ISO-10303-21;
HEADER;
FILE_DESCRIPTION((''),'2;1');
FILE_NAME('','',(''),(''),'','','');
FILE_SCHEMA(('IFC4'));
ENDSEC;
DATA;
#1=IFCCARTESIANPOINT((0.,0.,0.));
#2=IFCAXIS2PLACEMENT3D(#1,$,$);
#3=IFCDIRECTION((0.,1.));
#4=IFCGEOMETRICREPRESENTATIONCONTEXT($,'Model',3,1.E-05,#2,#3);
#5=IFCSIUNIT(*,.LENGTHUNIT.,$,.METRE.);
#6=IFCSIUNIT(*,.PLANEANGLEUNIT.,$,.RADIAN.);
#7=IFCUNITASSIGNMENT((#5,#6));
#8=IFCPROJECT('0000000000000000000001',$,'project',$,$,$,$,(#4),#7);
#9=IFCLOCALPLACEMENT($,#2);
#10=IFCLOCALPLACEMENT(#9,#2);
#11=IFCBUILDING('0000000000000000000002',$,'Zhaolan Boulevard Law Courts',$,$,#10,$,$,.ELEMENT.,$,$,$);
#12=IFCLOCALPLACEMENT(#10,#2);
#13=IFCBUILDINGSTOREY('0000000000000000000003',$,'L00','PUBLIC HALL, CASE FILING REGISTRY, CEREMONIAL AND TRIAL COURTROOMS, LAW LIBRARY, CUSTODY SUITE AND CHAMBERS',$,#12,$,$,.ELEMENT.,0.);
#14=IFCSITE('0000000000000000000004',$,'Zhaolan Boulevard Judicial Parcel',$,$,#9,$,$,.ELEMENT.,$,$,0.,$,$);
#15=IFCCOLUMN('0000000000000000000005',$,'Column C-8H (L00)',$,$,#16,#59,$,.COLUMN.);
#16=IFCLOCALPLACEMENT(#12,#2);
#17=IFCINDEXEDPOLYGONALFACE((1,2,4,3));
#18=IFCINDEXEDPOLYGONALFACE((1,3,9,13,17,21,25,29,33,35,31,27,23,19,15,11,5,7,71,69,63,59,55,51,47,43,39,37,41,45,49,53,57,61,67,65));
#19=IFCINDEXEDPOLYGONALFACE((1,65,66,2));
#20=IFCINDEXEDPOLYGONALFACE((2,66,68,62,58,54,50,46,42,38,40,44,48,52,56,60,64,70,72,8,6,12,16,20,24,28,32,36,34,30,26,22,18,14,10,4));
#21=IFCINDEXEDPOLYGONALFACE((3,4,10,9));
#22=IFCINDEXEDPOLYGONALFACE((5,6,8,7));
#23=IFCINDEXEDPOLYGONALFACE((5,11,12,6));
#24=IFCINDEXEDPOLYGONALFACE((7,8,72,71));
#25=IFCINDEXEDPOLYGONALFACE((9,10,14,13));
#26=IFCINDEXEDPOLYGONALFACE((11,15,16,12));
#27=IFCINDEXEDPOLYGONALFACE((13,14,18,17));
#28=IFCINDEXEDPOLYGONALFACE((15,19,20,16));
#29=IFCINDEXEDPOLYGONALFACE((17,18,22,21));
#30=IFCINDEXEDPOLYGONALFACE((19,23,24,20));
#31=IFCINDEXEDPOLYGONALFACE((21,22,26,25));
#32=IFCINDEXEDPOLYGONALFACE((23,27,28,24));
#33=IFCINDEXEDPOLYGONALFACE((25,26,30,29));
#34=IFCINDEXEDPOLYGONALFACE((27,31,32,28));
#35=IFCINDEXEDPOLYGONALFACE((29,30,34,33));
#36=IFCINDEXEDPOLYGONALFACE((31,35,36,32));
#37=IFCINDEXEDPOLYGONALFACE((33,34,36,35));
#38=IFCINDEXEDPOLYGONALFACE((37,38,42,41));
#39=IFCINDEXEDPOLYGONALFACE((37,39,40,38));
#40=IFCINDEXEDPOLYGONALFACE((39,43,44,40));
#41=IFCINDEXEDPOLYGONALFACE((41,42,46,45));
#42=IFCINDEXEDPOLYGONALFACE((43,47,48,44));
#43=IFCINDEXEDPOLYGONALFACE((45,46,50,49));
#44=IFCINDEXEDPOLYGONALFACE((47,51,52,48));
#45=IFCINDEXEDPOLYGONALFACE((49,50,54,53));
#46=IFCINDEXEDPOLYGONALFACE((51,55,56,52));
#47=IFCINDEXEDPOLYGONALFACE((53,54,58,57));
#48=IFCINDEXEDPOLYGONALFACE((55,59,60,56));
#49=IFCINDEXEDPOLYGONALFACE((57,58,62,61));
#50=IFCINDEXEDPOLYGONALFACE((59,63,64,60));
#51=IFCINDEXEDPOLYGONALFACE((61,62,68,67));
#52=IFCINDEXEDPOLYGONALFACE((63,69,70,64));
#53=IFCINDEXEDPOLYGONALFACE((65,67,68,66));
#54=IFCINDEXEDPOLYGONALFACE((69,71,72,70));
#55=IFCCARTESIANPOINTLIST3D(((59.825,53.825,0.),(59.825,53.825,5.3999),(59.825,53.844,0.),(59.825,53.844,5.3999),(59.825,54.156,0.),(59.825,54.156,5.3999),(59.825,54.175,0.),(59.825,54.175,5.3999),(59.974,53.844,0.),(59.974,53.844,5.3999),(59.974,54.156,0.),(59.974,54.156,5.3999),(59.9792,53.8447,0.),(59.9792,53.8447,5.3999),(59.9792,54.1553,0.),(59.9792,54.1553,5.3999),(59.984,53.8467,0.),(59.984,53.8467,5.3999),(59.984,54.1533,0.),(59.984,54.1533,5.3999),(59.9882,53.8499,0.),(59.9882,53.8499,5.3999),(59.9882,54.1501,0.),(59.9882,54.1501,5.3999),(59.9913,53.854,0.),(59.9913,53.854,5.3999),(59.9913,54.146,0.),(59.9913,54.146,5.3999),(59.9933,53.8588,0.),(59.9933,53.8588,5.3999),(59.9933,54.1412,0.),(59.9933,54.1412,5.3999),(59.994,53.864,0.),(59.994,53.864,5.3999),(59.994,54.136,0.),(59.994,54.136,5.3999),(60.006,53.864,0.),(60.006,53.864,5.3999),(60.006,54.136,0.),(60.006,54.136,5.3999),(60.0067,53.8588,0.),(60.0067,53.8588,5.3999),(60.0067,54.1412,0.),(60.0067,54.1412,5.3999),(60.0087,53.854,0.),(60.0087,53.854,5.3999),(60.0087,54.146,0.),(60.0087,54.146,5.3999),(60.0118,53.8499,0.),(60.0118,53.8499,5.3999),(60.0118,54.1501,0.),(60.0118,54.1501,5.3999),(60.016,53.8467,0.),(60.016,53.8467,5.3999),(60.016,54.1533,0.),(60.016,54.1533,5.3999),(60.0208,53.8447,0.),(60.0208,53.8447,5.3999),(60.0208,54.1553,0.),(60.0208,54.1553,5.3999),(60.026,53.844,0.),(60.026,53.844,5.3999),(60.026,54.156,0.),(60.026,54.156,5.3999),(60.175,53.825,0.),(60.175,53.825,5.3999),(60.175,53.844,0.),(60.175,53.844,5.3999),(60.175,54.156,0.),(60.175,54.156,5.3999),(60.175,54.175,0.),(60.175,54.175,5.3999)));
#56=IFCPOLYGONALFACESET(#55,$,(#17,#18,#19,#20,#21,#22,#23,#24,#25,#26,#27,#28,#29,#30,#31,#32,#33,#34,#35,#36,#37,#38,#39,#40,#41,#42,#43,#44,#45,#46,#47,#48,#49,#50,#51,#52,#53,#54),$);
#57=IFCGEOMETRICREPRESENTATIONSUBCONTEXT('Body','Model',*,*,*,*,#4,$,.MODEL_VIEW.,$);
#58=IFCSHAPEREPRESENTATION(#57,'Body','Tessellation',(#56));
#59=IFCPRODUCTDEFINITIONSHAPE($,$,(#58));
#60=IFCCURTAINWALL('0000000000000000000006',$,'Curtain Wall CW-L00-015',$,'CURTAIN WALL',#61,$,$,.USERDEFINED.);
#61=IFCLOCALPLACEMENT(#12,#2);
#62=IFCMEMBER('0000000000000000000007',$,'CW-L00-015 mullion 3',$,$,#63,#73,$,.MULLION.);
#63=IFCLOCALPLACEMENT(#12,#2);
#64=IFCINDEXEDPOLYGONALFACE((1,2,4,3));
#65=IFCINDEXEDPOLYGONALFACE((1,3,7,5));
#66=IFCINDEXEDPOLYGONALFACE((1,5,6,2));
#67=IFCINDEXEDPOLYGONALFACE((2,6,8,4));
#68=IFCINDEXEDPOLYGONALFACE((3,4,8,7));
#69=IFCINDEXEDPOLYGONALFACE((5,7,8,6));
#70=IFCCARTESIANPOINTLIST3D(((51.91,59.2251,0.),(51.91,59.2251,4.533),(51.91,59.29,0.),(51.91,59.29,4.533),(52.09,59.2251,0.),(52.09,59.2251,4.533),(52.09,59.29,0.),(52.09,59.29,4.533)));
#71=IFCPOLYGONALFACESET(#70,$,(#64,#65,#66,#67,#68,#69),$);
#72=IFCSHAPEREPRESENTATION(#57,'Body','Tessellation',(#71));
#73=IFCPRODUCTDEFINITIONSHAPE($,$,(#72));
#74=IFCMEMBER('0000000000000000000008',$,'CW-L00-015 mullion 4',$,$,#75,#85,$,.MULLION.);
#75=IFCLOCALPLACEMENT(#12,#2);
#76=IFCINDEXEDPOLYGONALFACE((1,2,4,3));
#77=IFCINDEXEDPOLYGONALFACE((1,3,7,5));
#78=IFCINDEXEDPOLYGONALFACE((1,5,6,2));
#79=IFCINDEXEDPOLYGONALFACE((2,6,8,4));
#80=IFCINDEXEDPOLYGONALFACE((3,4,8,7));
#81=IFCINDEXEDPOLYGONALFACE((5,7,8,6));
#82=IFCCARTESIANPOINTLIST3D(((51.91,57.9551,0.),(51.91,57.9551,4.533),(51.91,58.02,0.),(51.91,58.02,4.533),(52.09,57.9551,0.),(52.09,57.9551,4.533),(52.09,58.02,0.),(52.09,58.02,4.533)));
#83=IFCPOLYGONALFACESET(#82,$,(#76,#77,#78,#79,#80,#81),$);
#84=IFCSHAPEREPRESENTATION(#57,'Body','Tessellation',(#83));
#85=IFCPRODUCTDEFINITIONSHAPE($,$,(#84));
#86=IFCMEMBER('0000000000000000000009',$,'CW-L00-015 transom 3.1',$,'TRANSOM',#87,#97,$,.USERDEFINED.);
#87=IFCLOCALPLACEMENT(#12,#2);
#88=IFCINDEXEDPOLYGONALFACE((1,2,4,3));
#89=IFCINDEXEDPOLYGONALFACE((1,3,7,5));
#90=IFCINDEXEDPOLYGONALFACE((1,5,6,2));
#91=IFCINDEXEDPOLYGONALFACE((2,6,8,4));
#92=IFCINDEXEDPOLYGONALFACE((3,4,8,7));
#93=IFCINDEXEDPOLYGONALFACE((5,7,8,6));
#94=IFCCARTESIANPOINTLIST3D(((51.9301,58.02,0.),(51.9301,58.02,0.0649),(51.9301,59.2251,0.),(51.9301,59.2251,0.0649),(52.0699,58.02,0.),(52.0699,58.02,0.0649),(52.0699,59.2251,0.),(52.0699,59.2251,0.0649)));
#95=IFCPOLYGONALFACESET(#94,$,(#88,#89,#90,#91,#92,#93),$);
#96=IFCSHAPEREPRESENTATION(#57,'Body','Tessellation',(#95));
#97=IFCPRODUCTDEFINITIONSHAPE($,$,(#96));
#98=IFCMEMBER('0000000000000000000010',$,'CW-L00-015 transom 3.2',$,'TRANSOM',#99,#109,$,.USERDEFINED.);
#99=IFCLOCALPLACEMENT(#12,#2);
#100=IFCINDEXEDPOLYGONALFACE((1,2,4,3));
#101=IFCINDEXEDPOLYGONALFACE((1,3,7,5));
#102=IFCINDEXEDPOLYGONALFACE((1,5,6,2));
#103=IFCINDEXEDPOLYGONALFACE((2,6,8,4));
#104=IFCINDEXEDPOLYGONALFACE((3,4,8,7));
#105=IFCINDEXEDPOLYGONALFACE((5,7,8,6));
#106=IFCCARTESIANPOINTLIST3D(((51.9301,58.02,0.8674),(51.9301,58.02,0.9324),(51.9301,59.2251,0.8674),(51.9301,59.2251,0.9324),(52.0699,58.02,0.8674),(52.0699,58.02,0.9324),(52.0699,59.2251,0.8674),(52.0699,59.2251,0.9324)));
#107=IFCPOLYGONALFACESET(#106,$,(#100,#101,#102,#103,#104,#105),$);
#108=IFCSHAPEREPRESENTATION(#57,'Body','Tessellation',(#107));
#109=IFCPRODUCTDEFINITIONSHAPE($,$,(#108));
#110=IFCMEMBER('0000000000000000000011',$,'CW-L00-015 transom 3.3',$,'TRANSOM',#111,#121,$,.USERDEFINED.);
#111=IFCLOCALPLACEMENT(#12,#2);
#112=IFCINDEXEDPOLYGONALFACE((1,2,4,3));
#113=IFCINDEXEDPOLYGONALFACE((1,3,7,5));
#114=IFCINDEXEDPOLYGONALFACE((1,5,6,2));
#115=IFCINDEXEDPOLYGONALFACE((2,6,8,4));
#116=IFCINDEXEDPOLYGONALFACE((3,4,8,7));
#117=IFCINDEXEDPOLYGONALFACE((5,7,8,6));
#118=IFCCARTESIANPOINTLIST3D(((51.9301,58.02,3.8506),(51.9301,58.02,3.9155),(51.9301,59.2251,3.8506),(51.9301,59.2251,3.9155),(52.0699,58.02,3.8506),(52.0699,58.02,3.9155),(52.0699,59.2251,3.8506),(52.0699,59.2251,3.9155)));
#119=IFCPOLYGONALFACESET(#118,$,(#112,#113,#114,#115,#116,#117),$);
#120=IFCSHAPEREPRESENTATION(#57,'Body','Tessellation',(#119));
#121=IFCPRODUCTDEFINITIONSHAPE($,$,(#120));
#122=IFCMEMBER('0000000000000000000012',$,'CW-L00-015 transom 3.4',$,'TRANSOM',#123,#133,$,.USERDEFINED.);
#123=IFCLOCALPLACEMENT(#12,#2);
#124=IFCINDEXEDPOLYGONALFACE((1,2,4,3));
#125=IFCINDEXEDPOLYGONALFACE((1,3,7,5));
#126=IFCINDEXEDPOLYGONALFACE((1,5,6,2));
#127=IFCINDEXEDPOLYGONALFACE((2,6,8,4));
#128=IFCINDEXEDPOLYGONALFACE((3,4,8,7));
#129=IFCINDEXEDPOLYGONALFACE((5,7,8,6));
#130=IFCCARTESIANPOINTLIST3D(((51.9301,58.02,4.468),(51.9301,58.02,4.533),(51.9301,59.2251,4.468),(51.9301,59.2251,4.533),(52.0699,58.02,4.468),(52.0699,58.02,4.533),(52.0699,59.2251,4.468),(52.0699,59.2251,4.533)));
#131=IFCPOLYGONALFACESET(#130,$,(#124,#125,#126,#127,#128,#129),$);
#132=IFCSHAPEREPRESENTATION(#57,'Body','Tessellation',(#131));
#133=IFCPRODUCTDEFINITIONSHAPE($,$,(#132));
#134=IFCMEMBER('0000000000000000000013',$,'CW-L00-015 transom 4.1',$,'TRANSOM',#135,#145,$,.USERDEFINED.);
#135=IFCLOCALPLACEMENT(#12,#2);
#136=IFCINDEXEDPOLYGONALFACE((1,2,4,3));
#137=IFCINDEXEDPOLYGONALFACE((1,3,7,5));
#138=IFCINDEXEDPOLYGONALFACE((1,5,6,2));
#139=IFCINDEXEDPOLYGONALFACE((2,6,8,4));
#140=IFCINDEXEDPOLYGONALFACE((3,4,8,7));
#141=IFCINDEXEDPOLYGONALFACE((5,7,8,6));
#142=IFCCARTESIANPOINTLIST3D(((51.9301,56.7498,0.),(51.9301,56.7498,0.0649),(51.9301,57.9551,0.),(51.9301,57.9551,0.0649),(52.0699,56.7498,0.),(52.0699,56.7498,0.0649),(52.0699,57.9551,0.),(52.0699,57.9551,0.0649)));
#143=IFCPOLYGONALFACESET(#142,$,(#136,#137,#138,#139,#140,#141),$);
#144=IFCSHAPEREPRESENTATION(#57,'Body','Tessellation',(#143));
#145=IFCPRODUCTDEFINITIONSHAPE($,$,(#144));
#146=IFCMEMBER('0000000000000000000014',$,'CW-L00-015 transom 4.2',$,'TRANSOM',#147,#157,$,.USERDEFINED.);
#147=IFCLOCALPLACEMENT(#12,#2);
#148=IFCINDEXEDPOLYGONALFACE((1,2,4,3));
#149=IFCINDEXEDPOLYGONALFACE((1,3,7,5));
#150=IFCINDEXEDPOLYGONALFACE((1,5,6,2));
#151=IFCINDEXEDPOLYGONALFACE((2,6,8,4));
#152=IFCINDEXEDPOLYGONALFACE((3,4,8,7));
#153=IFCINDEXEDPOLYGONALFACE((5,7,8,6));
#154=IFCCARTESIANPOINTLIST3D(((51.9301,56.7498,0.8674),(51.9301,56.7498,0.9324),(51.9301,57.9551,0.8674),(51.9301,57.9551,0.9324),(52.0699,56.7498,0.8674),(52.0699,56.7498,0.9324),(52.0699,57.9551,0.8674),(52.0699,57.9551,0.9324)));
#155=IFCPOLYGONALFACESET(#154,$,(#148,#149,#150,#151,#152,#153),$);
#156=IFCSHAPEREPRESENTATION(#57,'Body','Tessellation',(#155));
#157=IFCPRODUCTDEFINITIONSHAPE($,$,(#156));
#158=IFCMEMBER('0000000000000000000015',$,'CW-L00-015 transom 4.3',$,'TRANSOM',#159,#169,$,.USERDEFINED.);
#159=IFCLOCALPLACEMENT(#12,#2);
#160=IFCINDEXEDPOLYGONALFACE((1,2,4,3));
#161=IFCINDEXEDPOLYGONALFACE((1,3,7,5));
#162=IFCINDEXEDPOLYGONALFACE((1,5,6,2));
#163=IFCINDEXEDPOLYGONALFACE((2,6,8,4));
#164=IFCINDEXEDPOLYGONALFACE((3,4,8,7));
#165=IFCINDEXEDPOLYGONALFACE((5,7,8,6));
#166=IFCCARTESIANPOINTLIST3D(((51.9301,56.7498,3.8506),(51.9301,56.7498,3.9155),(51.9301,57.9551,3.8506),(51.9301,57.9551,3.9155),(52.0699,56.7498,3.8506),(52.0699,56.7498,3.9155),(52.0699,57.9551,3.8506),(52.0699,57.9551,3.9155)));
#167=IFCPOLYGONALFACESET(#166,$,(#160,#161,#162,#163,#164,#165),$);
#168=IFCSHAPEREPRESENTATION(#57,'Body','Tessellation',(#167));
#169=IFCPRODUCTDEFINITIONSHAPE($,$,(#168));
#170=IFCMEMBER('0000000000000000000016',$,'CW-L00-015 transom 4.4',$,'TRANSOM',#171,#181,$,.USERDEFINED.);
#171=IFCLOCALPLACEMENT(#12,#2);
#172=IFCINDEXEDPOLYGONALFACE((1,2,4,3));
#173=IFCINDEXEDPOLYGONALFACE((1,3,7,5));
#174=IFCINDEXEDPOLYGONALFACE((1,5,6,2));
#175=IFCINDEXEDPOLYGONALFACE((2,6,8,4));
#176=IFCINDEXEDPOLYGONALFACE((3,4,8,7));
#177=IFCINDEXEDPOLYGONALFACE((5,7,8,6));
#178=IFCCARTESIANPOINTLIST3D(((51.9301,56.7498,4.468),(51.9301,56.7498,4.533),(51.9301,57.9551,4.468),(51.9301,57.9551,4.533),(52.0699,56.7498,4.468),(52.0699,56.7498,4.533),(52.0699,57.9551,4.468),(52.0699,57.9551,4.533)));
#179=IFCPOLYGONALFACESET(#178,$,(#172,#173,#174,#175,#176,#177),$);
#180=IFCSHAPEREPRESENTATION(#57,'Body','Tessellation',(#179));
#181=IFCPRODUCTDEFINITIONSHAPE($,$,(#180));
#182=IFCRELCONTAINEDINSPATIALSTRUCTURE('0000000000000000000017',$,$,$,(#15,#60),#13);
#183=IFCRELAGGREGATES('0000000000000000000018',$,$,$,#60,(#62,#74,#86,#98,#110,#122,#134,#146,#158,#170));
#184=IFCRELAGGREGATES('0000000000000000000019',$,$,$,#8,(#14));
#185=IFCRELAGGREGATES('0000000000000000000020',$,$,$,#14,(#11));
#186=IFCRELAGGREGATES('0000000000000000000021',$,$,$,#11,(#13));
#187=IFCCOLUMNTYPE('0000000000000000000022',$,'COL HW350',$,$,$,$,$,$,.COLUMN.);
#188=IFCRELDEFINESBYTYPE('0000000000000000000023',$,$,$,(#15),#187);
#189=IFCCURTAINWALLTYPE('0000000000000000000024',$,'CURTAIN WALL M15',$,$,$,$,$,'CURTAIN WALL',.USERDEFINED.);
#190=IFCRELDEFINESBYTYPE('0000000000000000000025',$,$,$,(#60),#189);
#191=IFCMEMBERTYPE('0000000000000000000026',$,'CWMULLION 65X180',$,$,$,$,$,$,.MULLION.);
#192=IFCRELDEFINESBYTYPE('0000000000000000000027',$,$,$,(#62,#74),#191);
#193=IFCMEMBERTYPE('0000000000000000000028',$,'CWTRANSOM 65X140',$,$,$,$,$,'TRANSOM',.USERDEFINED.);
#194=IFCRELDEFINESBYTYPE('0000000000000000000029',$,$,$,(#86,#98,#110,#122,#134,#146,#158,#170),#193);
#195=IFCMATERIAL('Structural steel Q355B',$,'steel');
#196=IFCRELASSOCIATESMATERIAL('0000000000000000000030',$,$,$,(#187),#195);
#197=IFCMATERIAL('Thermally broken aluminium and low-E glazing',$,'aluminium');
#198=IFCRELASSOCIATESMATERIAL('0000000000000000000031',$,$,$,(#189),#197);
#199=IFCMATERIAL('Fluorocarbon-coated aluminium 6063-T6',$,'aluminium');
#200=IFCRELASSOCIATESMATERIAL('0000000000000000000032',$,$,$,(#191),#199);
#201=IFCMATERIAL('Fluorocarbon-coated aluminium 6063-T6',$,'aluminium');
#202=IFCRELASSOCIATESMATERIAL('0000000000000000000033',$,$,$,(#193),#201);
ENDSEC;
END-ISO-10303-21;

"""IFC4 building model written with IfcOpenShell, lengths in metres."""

from ifc_helpers import new_model, si_unit, direction, frame, origin, origin_2d, place, context, subcontext, project, spatial, rectangle, i_section, extrude, material, material_profile, profile_set, type_object, element, aggregate, save


model = new_model("IFC4")

# Units and contexts
model_context = context("Model", 3, precision=1e-05, world=origin(), true_north=direction((0.0, 1.0)))
body_context = subcontext(model_context, "Body", "Model", "MODEL_VIEW")
ifc_project = project(units=[si_unit("LENGTHUNIT", "METRE"), si_unit("PLANEANGLEUNIT", "RADIAN")], contexts=[model_context])

# Site, building, storey
site_placement = place(None, origin())
site = spatial("IfcSite", under=ifc_project, at=site_placement, Name="Zhaolan Boulevard Judicial Parcel", CompositionType="ELEMENT", RefElevation=0.0)
building_placement = place(site_placement, origin())
building = spatial("IfcBuilding", under=site, at=building_placement, Name="Zhaolan Boulevard Law Courts", CompositionType="ELEMENT")
storey_placement = place(building_placement, origin())
storey = spatial("IfcBuildingStorey", under=building, at=storey_placement, Name="L00", Description="PUBLIC HALL, CASE FILING REGISTRY, CEREMONIAL AND TRIAL COURTROOMS, LAW LIBRARY, CUSTODY SUITE AND CHAMBERS", CompositionType="ELEMENT", Elevation=0.0)

# Column
ifc_material_1 = material(Name="Structural steel Q355B", Category="steel")
ifc_material_profile_1 = material_profile(ifc_material_1, i_section(OverallWidth=0.3501, OverallDepth=0.3501, WebThickness=0.012, FlangeThickness=0.019, FilletRadius=0.02, at=origin_2d()), Name="HW350x350")
ifc_profile_set_1 = profile_set([ifc_material_profile_1], Name="Structural steel Q355B")
column_type = type_object("IfcColumnType", Name="COL HW350", PredefinedType="COLUMN", material=ifc_profile_set_1)
column_placement = place(storey_placement, frame((60.0, 54.0, 0.0), z_axis=(0.0, 0.0, 1.0), x_axis=(1.0, 0.0, 0.0)))
element("IfcColumn", 1, at=column_placement, inside=storey, type_object=column_type, Name="Column C-8H (L00)", PredefinedType="COLUMN", context=body_context, shape_type="SweptSolid", body=[
    extrude(i_section(OverallWidth=0.3501, OverallDepth=0.3501, WebThickness=0.012, FlangeThickness=0.019, FilletRadius=0.02, at=origin_2d()), origin(), (0.0, 0.0, 1.0), 5.3999),
])

# Curtain wall, members
ifc_material_2 = material(Name="Thermally broken aluminium and low-E glazing", Category="aluminium")
curtain_wall_type = type_object("IfcCurtainWallType", Name="CURTAIN WALL M15", ElementType="CURTAIN WALL", PredefinedType="USERDEFINED", material=ifc_material_2)
curtain_wall_placement = place(storey_placement, origin())
curtain_wall = element("IfcCurtainWall", 2, at=curtain_wall_placement, inside=storey, type_object=curtain_wall_type, Name="Curtain Wall CW-L00-015", ObjectType="CURTAIN WALL", PredefinedType="USERDEFINED")
ifc_material_3 = material(Name="Fluorocarbon-coated aluminium 6063-T6", Category="aluminium")
ifc_material_profile_2 = material_profile(ifc_material_3, rectangle(XDim=0.1799, YDim=0.0649, at=origin_2d()), Name="AL65x180")
ifc_profile_set_2 = profile_set([ifc_material_profile_2], Name="Fluorocarbon-coated aluminium 6063-T6")
member_type_1 = type_object("IfcMemberType", Name="CWMULLION 65X180", PredefinedType="MULLION", material=ifc_profile_set_2)
member_1_placement = place(storey_placement, frame((52.0, 59.2576, 0.0), z_axis=(0.0, 0.0, 1.0), x_axis=(1.0, 0.0, 0.0)))
member_1 = element("IfcMember", 3, at=member_1_placement, type_object=member_type_1, Name="CW-L00-015 mullion 3", PredefinedType="MULLION", context=body_context, shape_type="SweptSolid", body=[
    extrude(rectangle(XDim=0.1799, YDim=0.0649, at=origin_2d()), origin(), (0.0, 0.0, 1.0), 4.533),
])
member_2_placement = place(storey_placement, frame((52.0, 57.9875, 0.0), z_axis=(0.0, 0.0, 1.0), x_axis=(1.0, 0.0, 0.0)))
member_2 = element("IfcMember", 4, at=member_2_placement, type_object=member_type_1, Name="CW-L00-015 mullion 4", PredefinedType="MULLION", context=body_context, shape_type="SweptSolid", body=[
    extrude(rectangle(XDim=0.1799, YDim=0.0649, at=origin_2d()), origin(), (0.0, 0.0, 1.0), 4.533),
])
ifc_material_4 = material(Name="Fluorocarbon-coated aluminium 6063-T6", Category="aluminium")
ifc_material_profile_3 = material_profile(ifc_material_4, rectangle(XDim=0.1399, YDim=0.0649, at=origin_2d()), Name="AL65x140")
ifc_profile_set_3 = profile_set([ifc_material_profile_3], Name="Fluorocarbon-coated aluminium 6063-T6")
member_type_2 = type_object("IfcMemberType", Name="CWTRANSOM 65X140", ElementType="TRANSOM", PredefinedType="USERDEFINED", material=ifc_profile_set_3)
member_3_placement = place(storey_placement, frame((52.0, 59.2251, 0.0325), z_axis=(0.0, -1.0, 0.0), x_axis=(1.0, 0.0, 0.0)))
member_3 = element("IfcMember", 5, at=member_3_placement, type_object=member_type_2, Name="CW-L00-015 transom 3.1", ObjectType="TRANSOM", PredefinedType="USERDEFINED", context=body_context, shape_type="SweptSolid", body=[
    extrude(rectangle(XDim=0.1399, YDim=0.0649, at=origin_2d()), origin(), (0.0, 0.0, 1.0), 1.2051),
])
member_4_placement = place(storey_placement, frame((52.0, 59.2251, 0.8999), z_axis=(0.0, -1.0, 0.0), x_axis=(1.0, 0.0, 0.0)))
member_4 = element("IfcMember", 6, at=member_4_placement, type_object=member_type_2, Name="CW-L00-015 transom 3.2", ObjectType="TRANSOM", PredefinedType="USERDEFINED", context=body_context, shape_type="SweptSolid", body=[
    extrude(rectangle(XDim=0.1399, YDim=0.0649, at=origin_2d()), origin(), (0.0, 0.0, 1.0), 1.2051),
])
member_5_placement = place(storey_placement, frame((52.0, 59.2251, 3.8831), z_axis=(0.0, -1.0, 0.0), x_axis=(1.0, 0.0, 0.0)))
member_5 = element("IfcMember", 7, at=member_5_placement, type_object=member_type_2, Name="CW-L00-015 transom 3.3", ObjectType="TRANSOM", PredefinedType="USERDEFINED", context=body_context, shape_type="SweptSolid", body=[
    extrude(rectangle(XDim=0.1399, YDim=0.0649, at=origin_2d()), origin(), (0.0, 0.0, 1.0), 1.2051),
])
member_6_placement = place(storey_placement, frame((52.0, 59.2251, 4.5005), z_axis=(0.0, -1.0, 0.0), x_axis=(1.0, 0.0, 0.0)))
member_6 = element("IfcMember", 8, at=member_6_placement, type_object=member_type_2, Name="CW-L00-015 transom 3.4", ObjectType="TRANSOM", PredefinedType="USERDEFINED", context=body_context, shape_type="SweptSolid", body=[
    extrude(rectangle(XDim=0.1399, YDim=0.0649, at=origin_2d()), origin(), (0.0, 0.0, 1.0), 1.2051),
])
member_7_placement = place(storey_placement, frame((52.0, 57.9551, 0.0325), z_axis=(0.0, -1.0, 0.0), x_axis=(1.0, 0.0, 0.0)))
member_7 = element("IfcMember", 9, at=member_7_placement, type_object=member_type_2, Name="CW-L00-015 transom 4.1", ObjectType="TRANSOM", PredefinedType="USERDEFINED", context=body_context, shape_type="SweptSolid", body=[
    extrude(rectangle(XDim=0.1399, YDim=0.0649, at=origin_2d()), origin(), (0.0, 0.0, 1.0), 1.2053),
])
member_8_placement = place(storey_placement, frame((52.0, 57.9551, 0.8999), z_axis=(0.0, -1.0, 0.0), x_axis=(1.0, 0.0, 0.0)))
member_8 = element("IfcMember", 10, at=member_8_placement, type_object=member_type_2, Name="CW-L00-015 transom 4.2", ObjectType="TRANSOM", PredefinedType="USERDEFINED", context=body_context, shape_type="SweptSolid", body=[
    extrude(rectangle(XDim=0.1399, YDim=0.0649, at=origin_2d()), origin(), (0.0, 0.0, 1.0), 1.2053),
])
member_9_placement = place(storey_placement, frame((52.0, 57.9551, 3.8831), z_axis=(0.0, -1.0, 0.0), x_axis=(1.0, 0.0, 0.0)))
member_9 = element("IfcMember", 11, at=member_9_placement, type_object=member_type_2, Name="CW-L00-015 transom 4.3", ObjectType="TRANSOM", PredefinedType="USERDEFINED", context=body_context, shape_type="SweptSolid", body=[
    extrude(rectangle(XDim=0.1399, YDim=0.0649, at=origin_2d()), origin(), (0.0, 0.0, 1.0), 1.2053),
])
member_10_placement = place(storey_placement, frame((52.0, 57.9551, 4.5005), z_axis=(0.0, -1.0, 0.0), x_axis=(1.0, 0.0, 0.0)))
member_10 = element("IfcMember", 12, at=member_10_placement, type_object=member_type_2, Name="CW-L00-015 transom 4.4", ObjectType="TRANSOM", PredefinedType="USERDEFINED", context=body_context, shape_type="SweptSolid", body=[
    extrude(rectangle(XDim=0.1399, YDim=0.0649, at=origin_2d()), origin(), (0.0, 0.0, 1.0), 1.2053),
])

aggregate(curtain_wall, [member_1, member_2, member_3, member_4, member_5, member_6, member_7, member_8, member_9, member_10])

save(model, "model.ifc")
